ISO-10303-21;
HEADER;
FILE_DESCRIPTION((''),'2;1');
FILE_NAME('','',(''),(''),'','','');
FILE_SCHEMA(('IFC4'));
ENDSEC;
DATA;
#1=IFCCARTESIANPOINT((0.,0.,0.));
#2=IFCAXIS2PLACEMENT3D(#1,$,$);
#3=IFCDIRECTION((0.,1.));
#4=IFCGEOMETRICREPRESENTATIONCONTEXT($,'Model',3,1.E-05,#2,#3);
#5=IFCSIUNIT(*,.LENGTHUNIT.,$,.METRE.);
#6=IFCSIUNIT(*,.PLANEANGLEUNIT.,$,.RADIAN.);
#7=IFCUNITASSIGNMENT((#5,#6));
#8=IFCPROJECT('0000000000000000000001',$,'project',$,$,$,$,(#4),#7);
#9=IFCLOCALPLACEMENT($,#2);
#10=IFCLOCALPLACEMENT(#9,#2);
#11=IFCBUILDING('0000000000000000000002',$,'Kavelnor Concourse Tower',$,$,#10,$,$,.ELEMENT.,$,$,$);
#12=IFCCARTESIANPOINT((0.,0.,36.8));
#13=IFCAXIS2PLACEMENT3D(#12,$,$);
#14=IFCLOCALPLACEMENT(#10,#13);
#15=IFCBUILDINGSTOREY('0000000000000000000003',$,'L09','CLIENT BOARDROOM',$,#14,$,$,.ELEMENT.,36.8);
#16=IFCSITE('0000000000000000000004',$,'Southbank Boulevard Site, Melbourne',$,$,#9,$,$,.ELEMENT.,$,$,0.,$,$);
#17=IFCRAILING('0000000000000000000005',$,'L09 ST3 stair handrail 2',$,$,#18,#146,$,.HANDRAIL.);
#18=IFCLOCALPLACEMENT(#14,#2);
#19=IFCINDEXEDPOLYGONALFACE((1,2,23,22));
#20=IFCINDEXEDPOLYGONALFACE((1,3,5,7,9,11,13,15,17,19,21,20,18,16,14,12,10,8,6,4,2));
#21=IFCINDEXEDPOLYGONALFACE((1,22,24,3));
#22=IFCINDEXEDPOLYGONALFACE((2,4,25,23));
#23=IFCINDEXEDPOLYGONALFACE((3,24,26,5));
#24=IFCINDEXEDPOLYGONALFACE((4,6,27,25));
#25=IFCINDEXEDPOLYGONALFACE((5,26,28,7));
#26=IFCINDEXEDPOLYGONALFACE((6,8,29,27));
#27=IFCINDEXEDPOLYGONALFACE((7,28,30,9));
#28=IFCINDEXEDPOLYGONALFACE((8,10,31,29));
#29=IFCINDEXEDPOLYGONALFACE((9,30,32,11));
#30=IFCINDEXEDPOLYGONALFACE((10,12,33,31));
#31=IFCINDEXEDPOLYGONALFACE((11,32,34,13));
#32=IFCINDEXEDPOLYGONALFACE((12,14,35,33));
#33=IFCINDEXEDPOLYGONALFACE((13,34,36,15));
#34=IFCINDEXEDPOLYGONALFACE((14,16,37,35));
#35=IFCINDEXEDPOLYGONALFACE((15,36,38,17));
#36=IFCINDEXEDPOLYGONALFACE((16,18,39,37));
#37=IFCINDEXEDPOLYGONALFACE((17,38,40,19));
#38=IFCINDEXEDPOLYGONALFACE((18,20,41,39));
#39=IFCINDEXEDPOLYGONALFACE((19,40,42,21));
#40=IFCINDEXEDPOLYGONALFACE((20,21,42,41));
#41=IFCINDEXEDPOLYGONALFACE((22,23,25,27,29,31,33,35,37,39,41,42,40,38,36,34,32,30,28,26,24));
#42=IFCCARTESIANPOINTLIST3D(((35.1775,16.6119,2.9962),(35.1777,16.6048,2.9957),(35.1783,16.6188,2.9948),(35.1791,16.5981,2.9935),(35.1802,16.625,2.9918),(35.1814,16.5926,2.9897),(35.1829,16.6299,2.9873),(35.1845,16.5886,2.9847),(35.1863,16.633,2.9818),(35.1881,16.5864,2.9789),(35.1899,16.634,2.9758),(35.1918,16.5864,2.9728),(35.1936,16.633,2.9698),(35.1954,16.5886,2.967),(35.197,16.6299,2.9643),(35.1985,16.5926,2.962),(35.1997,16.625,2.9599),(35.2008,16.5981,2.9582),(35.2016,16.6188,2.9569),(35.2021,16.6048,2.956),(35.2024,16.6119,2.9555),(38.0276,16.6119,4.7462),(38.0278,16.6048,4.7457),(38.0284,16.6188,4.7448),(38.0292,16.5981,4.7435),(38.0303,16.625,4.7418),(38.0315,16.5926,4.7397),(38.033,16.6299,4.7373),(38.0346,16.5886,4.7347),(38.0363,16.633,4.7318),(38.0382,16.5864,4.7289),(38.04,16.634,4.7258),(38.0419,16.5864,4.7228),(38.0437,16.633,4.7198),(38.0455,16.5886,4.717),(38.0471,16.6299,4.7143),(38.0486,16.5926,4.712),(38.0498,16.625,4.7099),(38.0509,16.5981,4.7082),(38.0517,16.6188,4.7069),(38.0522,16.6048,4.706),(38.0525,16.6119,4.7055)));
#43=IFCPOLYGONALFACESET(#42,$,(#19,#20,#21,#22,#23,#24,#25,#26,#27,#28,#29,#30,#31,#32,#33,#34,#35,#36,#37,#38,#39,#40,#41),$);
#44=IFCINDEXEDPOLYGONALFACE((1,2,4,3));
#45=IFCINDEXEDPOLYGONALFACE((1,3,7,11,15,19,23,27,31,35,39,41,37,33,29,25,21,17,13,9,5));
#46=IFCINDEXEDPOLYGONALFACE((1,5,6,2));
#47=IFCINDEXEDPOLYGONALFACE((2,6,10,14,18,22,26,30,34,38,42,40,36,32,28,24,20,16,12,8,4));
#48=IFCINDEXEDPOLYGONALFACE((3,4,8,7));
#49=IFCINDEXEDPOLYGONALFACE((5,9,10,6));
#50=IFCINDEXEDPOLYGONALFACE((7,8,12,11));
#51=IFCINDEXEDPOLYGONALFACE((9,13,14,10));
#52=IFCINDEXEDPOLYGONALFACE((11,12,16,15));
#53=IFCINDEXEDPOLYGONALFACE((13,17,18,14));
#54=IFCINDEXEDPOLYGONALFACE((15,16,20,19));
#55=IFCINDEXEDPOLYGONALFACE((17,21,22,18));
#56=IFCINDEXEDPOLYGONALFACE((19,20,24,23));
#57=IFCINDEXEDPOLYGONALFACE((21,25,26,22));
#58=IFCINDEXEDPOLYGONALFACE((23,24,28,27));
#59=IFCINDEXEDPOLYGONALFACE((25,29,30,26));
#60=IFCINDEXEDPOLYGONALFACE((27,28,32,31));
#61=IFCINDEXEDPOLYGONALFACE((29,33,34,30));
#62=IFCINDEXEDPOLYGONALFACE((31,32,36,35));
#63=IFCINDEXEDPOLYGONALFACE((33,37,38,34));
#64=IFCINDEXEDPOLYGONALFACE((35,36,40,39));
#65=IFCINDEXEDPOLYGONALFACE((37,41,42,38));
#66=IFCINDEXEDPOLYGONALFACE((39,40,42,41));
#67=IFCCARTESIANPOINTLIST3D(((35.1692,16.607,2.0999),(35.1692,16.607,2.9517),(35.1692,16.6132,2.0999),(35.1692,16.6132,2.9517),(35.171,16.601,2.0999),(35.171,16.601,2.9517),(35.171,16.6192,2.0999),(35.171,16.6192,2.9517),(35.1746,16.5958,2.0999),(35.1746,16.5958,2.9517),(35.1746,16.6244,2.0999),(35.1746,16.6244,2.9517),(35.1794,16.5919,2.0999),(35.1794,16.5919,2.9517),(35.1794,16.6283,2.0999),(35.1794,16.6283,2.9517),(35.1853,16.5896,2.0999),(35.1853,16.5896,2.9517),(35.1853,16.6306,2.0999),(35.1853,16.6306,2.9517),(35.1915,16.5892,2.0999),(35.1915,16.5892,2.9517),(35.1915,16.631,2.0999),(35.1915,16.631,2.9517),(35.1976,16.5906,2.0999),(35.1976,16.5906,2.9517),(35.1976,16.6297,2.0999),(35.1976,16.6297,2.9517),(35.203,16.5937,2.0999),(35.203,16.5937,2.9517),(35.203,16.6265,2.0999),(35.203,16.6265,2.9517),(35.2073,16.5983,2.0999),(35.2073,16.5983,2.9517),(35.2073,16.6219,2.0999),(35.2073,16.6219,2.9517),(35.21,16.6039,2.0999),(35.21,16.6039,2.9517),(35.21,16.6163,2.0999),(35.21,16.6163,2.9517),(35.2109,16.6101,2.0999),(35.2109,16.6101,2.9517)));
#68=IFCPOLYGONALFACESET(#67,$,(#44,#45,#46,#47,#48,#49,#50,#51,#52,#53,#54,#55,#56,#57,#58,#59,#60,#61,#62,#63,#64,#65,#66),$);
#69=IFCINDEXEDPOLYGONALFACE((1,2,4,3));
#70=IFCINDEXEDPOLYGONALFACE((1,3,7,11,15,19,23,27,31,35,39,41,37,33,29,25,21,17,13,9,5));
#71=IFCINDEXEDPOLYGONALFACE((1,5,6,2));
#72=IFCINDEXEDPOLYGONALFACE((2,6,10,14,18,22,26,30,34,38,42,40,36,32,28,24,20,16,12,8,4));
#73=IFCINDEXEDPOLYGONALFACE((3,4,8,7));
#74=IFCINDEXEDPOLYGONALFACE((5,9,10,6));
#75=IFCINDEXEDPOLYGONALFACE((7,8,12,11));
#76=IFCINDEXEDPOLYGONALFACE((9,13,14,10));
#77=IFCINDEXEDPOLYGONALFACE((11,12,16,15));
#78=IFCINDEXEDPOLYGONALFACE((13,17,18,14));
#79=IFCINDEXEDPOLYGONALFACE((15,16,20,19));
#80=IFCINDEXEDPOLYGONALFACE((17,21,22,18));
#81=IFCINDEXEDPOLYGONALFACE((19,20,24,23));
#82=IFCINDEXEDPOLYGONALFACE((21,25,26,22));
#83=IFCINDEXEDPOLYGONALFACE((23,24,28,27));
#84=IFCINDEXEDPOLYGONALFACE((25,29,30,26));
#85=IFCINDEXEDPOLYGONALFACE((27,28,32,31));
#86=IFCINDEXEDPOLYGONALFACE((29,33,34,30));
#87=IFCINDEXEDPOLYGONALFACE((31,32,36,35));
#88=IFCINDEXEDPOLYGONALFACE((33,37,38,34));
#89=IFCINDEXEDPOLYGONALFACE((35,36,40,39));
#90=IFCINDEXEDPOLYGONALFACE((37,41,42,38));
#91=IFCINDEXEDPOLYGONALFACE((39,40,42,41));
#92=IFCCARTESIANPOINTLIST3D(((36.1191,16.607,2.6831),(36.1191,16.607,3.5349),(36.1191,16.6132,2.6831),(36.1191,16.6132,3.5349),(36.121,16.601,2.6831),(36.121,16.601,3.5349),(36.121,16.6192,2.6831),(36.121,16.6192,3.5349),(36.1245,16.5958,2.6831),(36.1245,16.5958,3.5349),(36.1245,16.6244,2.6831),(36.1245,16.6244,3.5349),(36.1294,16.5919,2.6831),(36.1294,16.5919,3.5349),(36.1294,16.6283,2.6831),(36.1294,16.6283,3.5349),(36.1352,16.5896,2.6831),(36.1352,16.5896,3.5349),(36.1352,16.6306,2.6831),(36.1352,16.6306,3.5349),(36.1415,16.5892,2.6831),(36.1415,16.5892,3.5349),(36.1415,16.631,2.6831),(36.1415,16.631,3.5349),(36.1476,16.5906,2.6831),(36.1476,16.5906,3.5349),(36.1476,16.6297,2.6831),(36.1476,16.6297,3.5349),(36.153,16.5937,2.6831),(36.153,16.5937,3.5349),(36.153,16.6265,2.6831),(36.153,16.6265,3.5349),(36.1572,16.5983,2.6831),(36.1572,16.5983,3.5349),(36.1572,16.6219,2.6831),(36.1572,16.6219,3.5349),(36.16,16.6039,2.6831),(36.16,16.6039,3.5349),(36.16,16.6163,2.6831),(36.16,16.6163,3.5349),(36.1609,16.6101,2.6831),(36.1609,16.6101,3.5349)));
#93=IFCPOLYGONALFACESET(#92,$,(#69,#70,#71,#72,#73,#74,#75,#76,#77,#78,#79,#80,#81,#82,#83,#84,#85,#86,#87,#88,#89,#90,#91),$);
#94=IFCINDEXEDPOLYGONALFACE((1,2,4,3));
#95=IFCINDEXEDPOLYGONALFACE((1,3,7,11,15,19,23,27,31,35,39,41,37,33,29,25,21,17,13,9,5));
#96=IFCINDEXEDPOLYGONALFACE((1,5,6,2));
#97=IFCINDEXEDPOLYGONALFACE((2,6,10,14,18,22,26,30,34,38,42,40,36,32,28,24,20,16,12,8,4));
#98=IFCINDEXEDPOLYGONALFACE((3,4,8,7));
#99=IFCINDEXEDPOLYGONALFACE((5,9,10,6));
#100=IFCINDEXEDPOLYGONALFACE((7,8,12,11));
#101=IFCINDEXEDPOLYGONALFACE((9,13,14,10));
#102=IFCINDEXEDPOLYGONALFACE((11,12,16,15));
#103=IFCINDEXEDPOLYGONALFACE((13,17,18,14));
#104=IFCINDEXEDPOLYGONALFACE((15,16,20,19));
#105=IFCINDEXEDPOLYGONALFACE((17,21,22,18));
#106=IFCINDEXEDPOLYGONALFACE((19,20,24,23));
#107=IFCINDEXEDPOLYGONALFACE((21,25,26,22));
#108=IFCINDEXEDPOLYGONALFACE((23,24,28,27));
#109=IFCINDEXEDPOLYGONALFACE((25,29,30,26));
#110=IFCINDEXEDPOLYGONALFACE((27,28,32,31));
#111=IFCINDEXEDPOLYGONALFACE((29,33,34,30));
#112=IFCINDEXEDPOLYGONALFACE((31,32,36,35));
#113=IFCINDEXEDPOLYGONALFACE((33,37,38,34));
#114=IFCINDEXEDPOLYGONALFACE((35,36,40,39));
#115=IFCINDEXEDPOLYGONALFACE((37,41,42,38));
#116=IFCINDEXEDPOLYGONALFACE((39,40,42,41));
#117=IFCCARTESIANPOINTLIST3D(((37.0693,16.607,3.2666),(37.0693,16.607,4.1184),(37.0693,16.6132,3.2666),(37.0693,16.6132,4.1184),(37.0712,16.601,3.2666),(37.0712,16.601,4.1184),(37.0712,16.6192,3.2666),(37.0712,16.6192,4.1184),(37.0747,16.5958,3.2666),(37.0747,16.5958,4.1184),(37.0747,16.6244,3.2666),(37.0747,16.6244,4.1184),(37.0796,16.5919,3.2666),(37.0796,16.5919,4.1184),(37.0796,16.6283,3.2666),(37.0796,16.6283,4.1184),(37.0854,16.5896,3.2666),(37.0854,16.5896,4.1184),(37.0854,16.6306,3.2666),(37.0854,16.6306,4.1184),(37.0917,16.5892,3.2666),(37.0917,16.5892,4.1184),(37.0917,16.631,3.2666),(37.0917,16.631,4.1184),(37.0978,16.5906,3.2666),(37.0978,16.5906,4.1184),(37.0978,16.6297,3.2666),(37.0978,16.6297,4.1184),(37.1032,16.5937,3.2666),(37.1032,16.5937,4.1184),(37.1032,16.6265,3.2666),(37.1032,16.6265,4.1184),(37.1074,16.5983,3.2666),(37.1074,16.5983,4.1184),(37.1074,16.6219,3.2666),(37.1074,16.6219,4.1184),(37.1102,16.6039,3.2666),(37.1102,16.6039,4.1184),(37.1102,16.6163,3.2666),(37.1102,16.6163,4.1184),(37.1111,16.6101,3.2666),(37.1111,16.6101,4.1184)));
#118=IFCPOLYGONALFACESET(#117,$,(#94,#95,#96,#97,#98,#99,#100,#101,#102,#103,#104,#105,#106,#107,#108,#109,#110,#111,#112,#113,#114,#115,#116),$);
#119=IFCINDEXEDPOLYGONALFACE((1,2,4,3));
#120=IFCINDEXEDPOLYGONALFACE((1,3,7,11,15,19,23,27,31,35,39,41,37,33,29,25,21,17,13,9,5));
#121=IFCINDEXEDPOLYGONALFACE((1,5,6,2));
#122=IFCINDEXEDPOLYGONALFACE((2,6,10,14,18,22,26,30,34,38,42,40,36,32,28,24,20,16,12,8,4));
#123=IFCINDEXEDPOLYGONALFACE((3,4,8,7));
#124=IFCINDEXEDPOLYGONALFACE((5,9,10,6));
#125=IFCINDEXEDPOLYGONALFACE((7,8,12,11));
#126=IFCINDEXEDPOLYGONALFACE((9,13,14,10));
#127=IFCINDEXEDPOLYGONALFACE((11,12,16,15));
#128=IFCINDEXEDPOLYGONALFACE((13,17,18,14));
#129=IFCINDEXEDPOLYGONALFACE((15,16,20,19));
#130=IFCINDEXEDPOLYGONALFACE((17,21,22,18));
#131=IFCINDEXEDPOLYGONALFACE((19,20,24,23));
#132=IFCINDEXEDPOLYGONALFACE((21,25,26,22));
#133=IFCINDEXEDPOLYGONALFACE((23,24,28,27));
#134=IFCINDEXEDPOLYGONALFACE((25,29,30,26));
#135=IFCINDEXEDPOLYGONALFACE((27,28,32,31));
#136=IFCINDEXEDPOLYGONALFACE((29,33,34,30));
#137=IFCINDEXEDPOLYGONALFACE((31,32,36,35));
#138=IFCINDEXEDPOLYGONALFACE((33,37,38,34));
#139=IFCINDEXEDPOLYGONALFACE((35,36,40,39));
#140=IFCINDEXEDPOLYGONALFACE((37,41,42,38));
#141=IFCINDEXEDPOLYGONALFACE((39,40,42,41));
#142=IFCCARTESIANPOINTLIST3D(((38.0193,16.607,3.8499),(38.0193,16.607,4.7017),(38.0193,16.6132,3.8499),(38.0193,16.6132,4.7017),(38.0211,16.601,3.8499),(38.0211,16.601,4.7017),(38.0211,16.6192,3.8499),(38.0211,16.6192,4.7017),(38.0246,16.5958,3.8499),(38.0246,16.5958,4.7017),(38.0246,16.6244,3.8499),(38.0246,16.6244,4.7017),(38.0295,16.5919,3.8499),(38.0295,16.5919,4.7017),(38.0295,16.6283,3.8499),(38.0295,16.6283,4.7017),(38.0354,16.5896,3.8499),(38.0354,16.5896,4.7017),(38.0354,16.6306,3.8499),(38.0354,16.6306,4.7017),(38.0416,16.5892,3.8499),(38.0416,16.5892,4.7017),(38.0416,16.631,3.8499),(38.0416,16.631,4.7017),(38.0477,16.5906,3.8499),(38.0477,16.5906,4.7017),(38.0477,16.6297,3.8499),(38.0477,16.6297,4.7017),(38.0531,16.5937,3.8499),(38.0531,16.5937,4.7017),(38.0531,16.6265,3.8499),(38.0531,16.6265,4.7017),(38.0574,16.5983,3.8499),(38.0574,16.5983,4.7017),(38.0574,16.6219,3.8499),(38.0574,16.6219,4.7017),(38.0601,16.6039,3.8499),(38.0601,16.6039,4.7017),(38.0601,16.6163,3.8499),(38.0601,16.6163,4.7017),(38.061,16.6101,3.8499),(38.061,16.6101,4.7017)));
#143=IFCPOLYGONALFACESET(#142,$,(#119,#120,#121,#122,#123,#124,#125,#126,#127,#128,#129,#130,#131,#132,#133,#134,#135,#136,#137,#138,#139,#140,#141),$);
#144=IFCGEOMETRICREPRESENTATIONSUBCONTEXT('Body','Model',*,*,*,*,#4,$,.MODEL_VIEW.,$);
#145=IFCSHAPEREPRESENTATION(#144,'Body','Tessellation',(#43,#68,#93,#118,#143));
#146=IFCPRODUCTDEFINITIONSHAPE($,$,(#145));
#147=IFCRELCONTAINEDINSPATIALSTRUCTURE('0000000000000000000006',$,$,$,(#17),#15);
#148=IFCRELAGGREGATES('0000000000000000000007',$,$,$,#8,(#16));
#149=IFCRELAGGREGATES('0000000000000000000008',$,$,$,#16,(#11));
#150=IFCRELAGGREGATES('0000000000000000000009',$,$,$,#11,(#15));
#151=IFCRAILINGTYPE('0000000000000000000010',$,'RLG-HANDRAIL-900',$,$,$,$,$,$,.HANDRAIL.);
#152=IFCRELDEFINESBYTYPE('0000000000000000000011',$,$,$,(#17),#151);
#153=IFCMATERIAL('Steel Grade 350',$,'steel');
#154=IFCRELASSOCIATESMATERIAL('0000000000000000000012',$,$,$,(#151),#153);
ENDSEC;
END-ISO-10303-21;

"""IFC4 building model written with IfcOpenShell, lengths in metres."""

from ifc_helpers import new_model, si_unit, direction, frame, origin, origin_2d, place, context, subcontext, project, spatial, circle, extrude, material, type_object, element, save


model = new_model("IFC4")

# Units and contexts
model_context = context("Model", 3, precision=1e-05, world=origin(), true_north=direction((0.0, 1.0)))
body_context = subcontext(model_context, "Body", "Model", "MODEL_VIEW")
ifc_project = project(units=[si_unit("LENGTHUNIT", "METRE"), si_unit("PLANEANGLEUNIT", "RADIAN")], contexts=[model_context])

# Site, building, storey
site_placement = place(None, origin())
site = spatial("IfcSite", under=ifc_project, at=site_placement, Name="Southbank Boulevard Site, Melbourne", CompositionType="ELEMENT", RefElevation=0.0)
building_placement = place(site_placement, origin())
building = spatial("IfcBuilding", under=site, at=building_placement, Name="Kavelnor Concourse Tower", CompositionType="ELEMENT")
storey_placement = place(building_placement, frame((0.0, 0.0, 36.8)))
storey = spatial("IfcBuildingStorey", under=building, at=storey_placement, Name="L09", Description="CLIENT BOARDROOM", CompositionType="ELEMENT", Elevation=36.8)

# Shared definitions
ifc_material_1 = material(Name="Steel Grade 350", Category="steel")

# Railing
railing_type_1 = type_object("IfcRailingType", Name="RLG-HANDRAIL-900", PredefinedType="HANDRAIL", material=ifc_material_1)
railing_1_placement = place(storey_placement, frame((35.1899, 16.6101, 2.0999)))
element("IfcRailing", 1, at=railing_1_placement, inside=storey, type_object=railing_type_1, Name="L09 ST3 stair handrail 2", PredefinedType="HANDRAIL", context=body_context, shape_type="SweptSolid", body=[
    extrude(circle(Radius=0.0239, at=origin_2d()), frame((0.0, 0.0, 0.876), z_axis=(0.852179, 0.0, 0.52325), x_axis=(0.0, 1.0, 0.0)), (0.0, 0.0, 1.0), 3.3445),
    extrude(circle(Radius=0.021, at=origin_2d()), origin(), (0.0, 0.0, 1.0), 0.8518),
    extrude(circle(Radius=0.021, at=origin_2d()), frame((0.95, 0.0, 0.5833)), (0.0, 0.0, 1.0), 0.8518),
    extrude(circle(Radius=0.021, at=origin_2d()), frame((1.9001, 0.0, 1.1667)), (0.0, 0.0, 1.0), 0.8518),
    extrude(circle(Radius=0.021, at=origin_2d()), frame((2.8501, 0.0, 1.75)), (0.0, 0.0, 1.0), 0.8518),
])

save(model, "model.ifc")
